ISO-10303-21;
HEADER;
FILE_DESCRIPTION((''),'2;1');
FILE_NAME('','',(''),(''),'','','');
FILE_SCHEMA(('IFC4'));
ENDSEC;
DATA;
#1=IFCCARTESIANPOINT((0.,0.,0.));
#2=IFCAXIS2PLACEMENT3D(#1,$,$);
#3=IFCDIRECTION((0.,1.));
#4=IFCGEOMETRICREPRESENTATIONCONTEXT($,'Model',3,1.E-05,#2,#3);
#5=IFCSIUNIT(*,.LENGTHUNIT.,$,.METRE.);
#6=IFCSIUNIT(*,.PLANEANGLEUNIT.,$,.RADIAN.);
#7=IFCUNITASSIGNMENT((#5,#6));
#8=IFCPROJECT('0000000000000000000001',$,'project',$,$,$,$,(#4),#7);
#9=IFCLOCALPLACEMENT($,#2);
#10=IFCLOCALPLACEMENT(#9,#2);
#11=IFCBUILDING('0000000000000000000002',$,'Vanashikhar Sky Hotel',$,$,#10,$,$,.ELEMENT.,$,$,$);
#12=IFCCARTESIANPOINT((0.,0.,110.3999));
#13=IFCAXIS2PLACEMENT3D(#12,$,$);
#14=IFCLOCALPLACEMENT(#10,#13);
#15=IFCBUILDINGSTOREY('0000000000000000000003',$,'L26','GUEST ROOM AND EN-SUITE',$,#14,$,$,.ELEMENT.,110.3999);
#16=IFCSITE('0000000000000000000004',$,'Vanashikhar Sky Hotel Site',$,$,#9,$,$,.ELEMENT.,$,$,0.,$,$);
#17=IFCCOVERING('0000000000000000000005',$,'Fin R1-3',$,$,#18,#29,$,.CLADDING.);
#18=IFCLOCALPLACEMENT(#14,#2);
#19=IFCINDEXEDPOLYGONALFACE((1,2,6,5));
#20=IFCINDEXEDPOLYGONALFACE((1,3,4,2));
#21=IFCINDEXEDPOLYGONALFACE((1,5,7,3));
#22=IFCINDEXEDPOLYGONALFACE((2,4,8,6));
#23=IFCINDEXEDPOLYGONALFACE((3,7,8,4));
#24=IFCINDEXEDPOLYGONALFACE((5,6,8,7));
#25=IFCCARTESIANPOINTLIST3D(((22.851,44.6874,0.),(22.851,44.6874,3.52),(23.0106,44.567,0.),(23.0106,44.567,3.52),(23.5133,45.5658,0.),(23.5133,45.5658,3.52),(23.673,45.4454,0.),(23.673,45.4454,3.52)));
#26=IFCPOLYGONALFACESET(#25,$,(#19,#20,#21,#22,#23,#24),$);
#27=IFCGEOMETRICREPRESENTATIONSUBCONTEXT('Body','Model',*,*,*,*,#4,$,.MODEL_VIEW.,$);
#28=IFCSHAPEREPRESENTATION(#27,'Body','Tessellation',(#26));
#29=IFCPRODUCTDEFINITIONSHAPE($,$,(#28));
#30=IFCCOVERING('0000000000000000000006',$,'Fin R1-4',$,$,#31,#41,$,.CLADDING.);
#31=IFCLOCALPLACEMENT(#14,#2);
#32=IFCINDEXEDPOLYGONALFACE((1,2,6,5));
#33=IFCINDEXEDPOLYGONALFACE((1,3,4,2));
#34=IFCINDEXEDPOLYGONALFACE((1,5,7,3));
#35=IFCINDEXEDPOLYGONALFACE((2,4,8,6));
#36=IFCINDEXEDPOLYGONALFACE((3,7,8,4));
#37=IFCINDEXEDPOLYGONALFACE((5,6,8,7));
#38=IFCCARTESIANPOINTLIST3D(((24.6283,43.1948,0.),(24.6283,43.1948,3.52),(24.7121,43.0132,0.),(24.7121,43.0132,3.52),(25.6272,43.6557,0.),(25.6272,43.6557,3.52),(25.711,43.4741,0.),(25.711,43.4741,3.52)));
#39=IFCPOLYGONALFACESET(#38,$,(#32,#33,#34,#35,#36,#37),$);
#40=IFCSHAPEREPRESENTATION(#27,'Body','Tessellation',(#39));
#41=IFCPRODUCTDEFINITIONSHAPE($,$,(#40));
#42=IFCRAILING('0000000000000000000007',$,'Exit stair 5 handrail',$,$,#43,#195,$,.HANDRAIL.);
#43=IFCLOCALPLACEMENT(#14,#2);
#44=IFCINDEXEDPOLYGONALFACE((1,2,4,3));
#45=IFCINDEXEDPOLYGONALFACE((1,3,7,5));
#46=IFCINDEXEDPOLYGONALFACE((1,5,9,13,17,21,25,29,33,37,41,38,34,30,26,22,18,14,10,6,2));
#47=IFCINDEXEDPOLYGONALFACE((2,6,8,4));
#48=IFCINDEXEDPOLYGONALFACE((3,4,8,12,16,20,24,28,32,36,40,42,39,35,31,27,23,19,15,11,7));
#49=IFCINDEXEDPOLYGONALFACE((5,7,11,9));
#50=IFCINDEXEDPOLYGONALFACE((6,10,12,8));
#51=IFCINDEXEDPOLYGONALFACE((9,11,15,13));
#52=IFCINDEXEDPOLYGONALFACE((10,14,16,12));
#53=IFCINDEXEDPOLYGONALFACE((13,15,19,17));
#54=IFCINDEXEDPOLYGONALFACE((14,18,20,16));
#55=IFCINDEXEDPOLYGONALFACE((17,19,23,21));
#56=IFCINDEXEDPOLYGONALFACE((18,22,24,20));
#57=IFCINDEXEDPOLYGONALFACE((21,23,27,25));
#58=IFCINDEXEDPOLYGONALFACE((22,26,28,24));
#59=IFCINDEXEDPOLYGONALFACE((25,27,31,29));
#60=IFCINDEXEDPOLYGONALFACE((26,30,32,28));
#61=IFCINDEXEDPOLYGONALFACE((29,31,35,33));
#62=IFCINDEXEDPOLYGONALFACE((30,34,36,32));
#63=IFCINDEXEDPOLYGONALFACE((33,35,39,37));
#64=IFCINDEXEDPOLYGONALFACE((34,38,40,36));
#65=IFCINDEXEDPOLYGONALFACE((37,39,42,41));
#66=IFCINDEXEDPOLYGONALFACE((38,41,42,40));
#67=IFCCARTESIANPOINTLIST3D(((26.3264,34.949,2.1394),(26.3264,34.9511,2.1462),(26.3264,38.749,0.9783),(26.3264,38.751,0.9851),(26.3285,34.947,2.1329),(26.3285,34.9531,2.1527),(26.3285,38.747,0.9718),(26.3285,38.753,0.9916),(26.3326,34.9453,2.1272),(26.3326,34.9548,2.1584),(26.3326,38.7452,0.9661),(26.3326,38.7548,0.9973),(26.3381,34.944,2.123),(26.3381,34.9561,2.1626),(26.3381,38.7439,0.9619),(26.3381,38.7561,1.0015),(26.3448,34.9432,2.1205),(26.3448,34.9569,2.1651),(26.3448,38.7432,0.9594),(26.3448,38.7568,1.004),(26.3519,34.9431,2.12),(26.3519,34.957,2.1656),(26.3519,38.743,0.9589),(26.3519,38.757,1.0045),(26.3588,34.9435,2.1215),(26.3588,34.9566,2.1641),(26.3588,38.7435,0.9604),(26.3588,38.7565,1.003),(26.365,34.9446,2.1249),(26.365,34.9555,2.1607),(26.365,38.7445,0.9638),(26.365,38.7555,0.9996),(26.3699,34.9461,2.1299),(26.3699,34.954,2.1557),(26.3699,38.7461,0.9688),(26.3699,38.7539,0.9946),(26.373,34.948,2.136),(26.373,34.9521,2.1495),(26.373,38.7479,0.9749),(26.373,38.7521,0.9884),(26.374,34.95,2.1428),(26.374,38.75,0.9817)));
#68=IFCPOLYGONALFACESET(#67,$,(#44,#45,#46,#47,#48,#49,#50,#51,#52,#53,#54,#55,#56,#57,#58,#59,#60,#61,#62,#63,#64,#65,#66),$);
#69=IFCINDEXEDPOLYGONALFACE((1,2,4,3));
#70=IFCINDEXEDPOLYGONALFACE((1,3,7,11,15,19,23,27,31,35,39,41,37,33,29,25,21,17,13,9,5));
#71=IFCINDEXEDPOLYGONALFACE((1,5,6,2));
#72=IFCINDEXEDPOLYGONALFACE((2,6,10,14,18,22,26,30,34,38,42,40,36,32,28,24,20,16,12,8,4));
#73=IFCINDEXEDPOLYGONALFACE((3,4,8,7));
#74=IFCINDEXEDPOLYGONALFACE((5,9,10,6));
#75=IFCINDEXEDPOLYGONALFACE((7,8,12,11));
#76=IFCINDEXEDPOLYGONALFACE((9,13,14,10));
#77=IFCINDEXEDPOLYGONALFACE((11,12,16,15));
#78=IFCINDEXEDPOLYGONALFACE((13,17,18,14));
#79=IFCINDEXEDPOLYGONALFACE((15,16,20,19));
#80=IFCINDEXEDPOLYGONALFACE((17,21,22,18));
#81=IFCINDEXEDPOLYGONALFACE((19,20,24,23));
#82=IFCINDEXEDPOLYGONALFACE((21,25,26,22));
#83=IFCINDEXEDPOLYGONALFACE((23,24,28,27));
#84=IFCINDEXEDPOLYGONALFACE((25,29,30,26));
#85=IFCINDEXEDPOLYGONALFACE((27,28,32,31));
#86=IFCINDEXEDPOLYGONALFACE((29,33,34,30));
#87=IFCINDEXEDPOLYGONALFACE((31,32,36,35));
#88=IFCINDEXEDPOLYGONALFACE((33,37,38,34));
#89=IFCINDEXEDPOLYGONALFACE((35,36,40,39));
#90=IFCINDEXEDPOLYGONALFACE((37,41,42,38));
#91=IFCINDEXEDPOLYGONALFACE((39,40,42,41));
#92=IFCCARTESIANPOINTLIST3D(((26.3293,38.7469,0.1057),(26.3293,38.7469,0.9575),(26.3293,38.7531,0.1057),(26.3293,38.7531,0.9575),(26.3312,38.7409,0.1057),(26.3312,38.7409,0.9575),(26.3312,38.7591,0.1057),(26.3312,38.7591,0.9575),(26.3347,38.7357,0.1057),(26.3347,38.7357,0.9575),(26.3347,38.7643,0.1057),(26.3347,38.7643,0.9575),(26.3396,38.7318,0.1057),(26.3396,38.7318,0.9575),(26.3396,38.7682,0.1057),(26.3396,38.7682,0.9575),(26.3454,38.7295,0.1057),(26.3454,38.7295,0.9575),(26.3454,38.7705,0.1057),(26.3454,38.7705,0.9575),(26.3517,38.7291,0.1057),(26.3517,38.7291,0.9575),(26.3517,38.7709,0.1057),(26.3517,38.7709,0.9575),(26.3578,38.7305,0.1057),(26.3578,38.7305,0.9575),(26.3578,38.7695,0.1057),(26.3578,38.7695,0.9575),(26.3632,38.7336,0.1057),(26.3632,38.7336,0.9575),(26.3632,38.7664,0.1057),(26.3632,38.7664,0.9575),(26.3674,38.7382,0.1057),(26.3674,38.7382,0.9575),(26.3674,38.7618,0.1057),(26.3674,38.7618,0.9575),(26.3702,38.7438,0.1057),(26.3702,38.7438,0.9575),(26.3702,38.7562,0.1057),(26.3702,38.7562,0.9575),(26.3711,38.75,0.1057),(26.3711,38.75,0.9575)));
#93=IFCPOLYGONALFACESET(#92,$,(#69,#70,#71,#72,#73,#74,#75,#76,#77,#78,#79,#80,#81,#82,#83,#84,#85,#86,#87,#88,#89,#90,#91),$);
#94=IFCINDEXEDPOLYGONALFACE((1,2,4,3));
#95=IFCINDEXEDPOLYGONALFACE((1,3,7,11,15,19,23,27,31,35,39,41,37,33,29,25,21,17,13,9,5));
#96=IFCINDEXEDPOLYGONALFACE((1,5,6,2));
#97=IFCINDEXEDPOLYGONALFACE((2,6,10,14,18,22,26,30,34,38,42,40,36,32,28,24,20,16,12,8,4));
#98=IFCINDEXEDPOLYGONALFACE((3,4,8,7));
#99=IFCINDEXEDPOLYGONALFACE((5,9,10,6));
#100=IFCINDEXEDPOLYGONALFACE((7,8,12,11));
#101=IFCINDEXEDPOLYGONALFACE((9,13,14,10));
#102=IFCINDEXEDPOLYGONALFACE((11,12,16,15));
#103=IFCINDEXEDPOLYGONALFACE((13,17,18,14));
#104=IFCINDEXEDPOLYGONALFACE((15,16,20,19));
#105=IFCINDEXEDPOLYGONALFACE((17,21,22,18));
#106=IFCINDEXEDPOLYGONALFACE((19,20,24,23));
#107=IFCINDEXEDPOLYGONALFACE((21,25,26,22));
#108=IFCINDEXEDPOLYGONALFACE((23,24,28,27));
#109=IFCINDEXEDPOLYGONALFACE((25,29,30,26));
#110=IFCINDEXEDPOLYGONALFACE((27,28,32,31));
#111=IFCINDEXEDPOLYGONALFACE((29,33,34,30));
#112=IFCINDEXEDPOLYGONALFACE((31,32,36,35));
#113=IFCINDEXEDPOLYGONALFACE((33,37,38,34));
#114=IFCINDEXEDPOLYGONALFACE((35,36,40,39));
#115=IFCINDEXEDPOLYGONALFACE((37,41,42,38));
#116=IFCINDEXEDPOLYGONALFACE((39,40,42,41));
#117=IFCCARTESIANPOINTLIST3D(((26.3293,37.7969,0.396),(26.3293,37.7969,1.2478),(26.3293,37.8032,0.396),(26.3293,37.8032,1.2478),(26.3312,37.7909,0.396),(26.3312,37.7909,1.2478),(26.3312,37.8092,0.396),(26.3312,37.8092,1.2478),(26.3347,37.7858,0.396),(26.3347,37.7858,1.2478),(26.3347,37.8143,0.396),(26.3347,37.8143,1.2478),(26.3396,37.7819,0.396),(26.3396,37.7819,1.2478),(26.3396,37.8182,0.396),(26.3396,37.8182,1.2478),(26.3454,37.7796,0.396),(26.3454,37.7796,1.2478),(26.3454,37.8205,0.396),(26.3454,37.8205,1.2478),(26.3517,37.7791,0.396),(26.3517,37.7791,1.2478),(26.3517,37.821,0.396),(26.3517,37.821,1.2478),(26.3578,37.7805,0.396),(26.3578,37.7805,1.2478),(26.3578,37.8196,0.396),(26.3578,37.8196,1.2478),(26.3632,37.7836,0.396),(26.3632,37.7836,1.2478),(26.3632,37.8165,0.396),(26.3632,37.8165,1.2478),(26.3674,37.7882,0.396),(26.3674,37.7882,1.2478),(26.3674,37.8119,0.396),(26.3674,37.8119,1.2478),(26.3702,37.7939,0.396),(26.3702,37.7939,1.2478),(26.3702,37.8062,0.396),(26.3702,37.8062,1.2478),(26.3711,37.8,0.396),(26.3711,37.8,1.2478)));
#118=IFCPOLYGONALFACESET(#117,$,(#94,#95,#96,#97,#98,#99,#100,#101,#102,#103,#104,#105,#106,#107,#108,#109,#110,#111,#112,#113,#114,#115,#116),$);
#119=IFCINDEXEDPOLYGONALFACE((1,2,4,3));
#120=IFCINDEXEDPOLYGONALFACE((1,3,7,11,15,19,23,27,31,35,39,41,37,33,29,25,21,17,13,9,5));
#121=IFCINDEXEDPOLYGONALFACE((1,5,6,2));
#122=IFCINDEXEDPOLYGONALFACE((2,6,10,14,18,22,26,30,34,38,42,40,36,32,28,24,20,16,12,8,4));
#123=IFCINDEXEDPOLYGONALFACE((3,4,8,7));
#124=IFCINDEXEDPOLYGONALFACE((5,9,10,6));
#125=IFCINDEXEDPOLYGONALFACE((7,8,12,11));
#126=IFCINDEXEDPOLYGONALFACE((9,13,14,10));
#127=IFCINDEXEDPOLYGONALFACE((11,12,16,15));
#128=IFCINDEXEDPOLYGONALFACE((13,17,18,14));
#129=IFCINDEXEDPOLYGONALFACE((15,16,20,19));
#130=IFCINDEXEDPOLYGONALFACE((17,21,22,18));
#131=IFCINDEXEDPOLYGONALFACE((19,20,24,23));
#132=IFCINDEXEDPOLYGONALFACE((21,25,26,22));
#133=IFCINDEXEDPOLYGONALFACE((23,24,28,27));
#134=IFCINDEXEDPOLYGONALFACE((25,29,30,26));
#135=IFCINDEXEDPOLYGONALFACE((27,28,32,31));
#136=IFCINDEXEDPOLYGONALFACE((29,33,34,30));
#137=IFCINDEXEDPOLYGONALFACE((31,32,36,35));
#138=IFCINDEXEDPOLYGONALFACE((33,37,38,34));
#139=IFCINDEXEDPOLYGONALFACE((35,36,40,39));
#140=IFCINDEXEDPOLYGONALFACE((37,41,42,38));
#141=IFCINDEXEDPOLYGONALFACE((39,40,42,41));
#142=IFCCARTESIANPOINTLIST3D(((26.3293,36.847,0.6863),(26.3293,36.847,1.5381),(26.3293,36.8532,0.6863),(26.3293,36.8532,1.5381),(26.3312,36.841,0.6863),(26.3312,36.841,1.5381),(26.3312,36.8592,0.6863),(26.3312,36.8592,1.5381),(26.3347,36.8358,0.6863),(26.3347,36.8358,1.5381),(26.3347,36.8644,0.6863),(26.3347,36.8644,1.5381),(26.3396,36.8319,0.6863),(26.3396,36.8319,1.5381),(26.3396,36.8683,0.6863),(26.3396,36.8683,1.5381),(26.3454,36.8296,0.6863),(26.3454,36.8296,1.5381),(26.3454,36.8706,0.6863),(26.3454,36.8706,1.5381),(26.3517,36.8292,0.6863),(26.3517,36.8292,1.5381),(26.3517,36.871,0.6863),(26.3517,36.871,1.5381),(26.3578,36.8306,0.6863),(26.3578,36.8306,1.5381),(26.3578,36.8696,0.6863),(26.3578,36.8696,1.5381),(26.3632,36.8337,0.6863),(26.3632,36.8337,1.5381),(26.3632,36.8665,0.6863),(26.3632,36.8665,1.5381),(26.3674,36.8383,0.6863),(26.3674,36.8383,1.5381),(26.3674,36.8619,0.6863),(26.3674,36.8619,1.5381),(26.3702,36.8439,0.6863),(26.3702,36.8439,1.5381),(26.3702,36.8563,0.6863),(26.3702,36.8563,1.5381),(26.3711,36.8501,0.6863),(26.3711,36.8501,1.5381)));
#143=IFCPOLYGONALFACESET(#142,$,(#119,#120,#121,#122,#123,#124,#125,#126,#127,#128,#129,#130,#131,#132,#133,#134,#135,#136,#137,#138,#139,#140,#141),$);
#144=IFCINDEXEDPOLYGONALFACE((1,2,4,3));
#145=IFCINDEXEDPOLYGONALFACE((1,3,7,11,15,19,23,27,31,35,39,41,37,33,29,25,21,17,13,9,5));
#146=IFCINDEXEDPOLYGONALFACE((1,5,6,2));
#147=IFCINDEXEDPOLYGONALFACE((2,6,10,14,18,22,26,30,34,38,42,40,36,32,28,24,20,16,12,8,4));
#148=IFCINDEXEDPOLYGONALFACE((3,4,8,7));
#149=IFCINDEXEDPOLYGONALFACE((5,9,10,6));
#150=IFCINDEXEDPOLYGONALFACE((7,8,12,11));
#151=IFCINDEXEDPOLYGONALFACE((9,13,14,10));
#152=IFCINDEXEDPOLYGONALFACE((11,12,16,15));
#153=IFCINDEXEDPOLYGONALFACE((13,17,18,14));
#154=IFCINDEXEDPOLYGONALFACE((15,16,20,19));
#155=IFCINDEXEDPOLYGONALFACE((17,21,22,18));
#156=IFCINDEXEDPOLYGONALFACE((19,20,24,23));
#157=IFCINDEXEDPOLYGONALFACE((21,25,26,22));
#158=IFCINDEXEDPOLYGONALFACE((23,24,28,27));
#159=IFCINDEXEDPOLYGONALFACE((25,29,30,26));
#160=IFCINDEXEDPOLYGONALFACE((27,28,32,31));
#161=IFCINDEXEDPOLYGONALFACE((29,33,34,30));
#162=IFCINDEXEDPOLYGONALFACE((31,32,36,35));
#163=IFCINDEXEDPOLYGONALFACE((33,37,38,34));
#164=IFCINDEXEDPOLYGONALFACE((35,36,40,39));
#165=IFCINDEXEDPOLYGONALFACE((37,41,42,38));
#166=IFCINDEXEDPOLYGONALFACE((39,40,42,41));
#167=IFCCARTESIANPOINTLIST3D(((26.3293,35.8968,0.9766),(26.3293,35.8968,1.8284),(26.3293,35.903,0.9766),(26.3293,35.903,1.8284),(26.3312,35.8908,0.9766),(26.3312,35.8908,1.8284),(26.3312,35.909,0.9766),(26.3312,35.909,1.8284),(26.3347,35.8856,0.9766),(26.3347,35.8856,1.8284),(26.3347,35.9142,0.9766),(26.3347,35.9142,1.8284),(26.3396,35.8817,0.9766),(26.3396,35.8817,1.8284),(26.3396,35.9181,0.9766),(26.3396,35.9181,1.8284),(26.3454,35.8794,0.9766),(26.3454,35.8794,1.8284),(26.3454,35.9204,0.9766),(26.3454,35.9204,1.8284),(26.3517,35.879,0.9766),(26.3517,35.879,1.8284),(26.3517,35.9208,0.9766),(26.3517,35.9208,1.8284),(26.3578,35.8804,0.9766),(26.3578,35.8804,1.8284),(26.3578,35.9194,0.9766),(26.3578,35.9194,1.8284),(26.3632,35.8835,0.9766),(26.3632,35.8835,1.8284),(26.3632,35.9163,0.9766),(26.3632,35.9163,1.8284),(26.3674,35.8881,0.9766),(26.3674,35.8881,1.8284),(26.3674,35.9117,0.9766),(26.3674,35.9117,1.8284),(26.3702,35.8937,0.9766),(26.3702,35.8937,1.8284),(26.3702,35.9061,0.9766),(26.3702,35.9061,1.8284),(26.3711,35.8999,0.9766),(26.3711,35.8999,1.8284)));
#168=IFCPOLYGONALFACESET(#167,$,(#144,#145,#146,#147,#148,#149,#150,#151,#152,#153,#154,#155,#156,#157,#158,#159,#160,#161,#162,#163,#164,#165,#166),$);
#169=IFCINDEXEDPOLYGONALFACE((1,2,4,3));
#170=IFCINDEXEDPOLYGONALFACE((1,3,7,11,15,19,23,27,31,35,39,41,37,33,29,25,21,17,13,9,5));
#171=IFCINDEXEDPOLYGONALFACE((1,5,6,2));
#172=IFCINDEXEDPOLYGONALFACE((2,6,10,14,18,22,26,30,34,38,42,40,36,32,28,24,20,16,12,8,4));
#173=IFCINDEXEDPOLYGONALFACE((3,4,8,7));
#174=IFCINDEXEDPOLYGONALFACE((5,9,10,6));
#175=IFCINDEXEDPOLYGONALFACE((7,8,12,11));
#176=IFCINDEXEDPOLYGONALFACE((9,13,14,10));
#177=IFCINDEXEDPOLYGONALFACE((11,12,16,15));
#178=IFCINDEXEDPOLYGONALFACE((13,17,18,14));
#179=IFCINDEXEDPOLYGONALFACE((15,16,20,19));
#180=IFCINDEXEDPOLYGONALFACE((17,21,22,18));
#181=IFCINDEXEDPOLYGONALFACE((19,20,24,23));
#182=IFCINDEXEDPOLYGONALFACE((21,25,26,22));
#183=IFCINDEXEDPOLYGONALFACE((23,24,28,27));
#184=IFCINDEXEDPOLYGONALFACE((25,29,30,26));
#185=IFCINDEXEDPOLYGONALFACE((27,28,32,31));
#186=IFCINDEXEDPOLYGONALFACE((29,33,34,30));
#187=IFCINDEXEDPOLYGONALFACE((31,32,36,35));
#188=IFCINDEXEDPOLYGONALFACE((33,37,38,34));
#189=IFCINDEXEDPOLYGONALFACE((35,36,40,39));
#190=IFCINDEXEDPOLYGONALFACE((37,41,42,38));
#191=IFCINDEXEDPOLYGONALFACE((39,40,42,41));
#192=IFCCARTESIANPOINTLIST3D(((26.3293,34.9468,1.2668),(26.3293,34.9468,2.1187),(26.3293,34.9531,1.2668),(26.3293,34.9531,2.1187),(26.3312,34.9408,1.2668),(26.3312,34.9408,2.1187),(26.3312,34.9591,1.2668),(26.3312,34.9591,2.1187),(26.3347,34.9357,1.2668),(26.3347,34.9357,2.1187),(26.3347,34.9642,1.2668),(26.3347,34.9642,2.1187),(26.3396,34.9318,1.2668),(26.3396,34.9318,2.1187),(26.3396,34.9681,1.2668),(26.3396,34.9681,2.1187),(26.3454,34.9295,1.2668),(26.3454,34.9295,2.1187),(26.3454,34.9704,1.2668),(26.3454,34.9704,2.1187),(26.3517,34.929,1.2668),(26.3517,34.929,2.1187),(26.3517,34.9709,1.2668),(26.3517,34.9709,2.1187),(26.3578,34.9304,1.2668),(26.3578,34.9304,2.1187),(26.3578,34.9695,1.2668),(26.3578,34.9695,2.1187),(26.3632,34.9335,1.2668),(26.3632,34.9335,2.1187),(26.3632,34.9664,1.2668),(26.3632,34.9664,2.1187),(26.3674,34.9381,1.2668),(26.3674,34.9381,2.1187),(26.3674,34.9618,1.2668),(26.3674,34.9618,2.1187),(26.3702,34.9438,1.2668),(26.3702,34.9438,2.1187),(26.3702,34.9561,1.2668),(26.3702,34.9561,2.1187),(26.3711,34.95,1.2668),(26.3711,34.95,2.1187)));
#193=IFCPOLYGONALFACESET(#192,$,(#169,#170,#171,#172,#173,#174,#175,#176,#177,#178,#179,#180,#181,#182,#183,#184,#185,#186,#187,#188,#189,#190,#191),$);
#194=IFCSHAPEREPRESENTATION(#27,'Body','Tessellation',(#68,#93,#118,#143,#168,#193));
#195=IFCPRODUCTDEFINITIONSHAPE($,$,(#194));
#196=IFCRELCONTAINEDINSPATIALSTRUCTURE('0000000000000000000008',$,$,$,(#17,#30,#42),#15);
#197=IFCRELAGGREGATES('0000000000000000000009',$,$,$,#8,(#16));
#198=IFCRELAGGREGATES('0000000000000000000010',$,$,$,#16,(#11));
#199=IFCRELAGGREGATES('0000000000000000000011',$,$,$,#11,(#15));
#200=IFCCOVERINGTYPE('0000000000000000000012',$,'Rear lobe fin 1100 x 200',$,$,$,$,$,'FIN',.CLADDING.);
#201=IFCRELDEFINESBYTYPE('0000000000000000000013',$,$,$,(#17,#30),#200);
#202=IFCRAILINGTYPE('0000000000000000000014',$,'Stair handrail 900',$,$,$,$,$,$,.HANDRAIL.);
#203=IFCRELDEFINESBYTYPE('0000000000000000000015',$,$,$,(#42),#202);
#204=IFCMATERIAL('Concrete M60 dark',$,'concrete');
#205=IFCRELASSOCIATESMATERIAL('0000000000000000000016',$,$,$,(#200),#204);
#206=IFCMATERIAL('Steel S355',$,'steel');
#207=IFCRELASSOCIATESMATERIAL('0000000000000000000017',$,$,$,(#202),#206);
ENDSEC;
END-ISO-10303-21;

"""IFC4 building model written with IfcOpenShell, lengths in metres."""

from ifc_helpers import new_model, si_unit, direction, frame, origin, origin_2d, place, context, subcontext, project, spatial, rectangle, circle, extrude, source, transform, mapped, material, material_profile, profile_set, type_object, element, save


model = new_model("IFC4")

# Units and contexts
model_context = context("Model", 3, precision=1e-05, world=origin(), true_north=direction((0.0, 1.0)))
body_context = subcontext(model_context, "Body", "Model", "MODEL_VIEW")
ifc_project = project(units=[si_unit("LENGTHUNIT", "METRE"), si_unit("PLANEANGLEUNIT", "RADIAN")], contexts=[model_context])

# Site, building, storey
site_placement = place(None, origin())
site = spatial("IfcSite", under=ifc_project, at=site_placement, Name="Vanashikhar Sky Hotel Site", CompositionType="ELEMENT", RefElevation=0.0)
building_placement = place(site_placement, origin())
building = spatial("IfcBuilding", under=site, at=building_placement, Name="Vanashikhar Sky Hotel", CompositionType="ELEMENT")
storey_placement = place(building_placement, frame((0.0, 0.0, 110.3999)))
storey = spatial("IfcBuildingStorey", under=building, at=storey_placement, Name="L26", Description="GUEST ROOM AND EN-SUITE", CompositionType="ELEMENT", Elevation=110.3999)

# Coverings
ifc_material_1 = material(Name="Concrete M60 dark", Category="concrete")
ifc_material_profile = material_profile(ifc_material_1, rectangle(XDim=1.1001, YDim=0.2, at=origin_2d()))
ifc_profile_set = profile_set([ifc_material_profile], Name="Rear lobe fin 1100 x 200")
covering_type = type_object("IfcCoveringType", Name="Rear lobe fin 1100 x 200", ElementType="FIN", PredefinedType="CLADDING", material=ifc_profile_set)
shared_shape_1 = source(origin(), body_context, "Body", "SweptSolid", [
    extrude(rectangle(XDim=1.1001, YDim=0.2, at=origin_2d()), origin(), (0.0, 0.0, 1.0), 3.52),
])
for number, where, z_axis, x_axis, name in (
    (1, (23.262, 45.0664, 0.0), (0.0, 0.0, 1.0), (0.602066, 0.798446, 0.0), "Fin R1-3"),
    (2, (25.1697, 43.3345, 0.0), (0.0, 0.0, 1.0), (0.908004, 0.418961, 0.0), "Fin R1-4"),
):
    element("IfcCovering", number, at=place(storey_placement, frame(where, z_axis=z_axis, x_axis=x_axis)), inside=storey, type_object=covering_type, Name=name, PredefinedType="CLADDING", context=body_context, shape_type="MappedRepresentation", body=[
        mapped(shared_shape_1, transform((0.0, 0.0, 0.0), scale=1.0)),
    ])

# Railing
ifc_material_2 = material(Name="Steel S355", Category="steel")
railing_type = type_object("IfcRailingType", Name="Stair handrail 900", PredefinedType="HANDRAIL", material=ifc_material_2)
shared_shape_2 = source(origin(), body_context, "Body", "SweptSolid", [
    extrude(circle(Radius=0.0239, at=origin_2d()), frame((0.0, 0.0, 0.876), z_axis=(0.0, -0.956351, 0.29222), x_axis=(1.0, 0.0, 0.0)), (0.0, 0.0, 1.0), 3.9734),
    extrude(circle(Radius=0.021, at=origin_2d()), origin(), (0.0, 0.0, 1.0), 0.8518),
    extrude(circle(Radius=0.021, at=origin_2d()), frame((0.0, -0.95, 0.2903)), (0.0, 0.0, 1.0), 0.8518),
    extrude(circle(Radius=0.021, at=origin_2d()), frame((0.0, -1.8999, 0.5806)), (0.0, 0.0, 1.0), 0.8518),
    extrude(circle(Radius=0.021, at=origin_2d()), frame((0.0, -2.8501, 0.8708)), (0.0, 0.0, 1.0), 0.8518),
    extrude(circle(Radius=0.021, at=origin_2d()), frame((0.0, -3.8, 1.1611)), (0.0, 0.0, 1.0), 0.8518),
])
for number, where, name in (
    (3, (26.3501, 38.75, 0.1057), "Exit stair 5 handrail"),
):
    element("IfcRailing", number, at=place(storey_placement, frame(where)), inside=storey, type_object=railing_type, Name=name, PredefinedType="HANDRAIL", context=body_context, shape_type="MappedRepresentation", body=[
        mapped(shared_shape_2, transform((0.0, 0.0, 0.0), scale=1.0)),
    ])

save(model, "model.ifc")
